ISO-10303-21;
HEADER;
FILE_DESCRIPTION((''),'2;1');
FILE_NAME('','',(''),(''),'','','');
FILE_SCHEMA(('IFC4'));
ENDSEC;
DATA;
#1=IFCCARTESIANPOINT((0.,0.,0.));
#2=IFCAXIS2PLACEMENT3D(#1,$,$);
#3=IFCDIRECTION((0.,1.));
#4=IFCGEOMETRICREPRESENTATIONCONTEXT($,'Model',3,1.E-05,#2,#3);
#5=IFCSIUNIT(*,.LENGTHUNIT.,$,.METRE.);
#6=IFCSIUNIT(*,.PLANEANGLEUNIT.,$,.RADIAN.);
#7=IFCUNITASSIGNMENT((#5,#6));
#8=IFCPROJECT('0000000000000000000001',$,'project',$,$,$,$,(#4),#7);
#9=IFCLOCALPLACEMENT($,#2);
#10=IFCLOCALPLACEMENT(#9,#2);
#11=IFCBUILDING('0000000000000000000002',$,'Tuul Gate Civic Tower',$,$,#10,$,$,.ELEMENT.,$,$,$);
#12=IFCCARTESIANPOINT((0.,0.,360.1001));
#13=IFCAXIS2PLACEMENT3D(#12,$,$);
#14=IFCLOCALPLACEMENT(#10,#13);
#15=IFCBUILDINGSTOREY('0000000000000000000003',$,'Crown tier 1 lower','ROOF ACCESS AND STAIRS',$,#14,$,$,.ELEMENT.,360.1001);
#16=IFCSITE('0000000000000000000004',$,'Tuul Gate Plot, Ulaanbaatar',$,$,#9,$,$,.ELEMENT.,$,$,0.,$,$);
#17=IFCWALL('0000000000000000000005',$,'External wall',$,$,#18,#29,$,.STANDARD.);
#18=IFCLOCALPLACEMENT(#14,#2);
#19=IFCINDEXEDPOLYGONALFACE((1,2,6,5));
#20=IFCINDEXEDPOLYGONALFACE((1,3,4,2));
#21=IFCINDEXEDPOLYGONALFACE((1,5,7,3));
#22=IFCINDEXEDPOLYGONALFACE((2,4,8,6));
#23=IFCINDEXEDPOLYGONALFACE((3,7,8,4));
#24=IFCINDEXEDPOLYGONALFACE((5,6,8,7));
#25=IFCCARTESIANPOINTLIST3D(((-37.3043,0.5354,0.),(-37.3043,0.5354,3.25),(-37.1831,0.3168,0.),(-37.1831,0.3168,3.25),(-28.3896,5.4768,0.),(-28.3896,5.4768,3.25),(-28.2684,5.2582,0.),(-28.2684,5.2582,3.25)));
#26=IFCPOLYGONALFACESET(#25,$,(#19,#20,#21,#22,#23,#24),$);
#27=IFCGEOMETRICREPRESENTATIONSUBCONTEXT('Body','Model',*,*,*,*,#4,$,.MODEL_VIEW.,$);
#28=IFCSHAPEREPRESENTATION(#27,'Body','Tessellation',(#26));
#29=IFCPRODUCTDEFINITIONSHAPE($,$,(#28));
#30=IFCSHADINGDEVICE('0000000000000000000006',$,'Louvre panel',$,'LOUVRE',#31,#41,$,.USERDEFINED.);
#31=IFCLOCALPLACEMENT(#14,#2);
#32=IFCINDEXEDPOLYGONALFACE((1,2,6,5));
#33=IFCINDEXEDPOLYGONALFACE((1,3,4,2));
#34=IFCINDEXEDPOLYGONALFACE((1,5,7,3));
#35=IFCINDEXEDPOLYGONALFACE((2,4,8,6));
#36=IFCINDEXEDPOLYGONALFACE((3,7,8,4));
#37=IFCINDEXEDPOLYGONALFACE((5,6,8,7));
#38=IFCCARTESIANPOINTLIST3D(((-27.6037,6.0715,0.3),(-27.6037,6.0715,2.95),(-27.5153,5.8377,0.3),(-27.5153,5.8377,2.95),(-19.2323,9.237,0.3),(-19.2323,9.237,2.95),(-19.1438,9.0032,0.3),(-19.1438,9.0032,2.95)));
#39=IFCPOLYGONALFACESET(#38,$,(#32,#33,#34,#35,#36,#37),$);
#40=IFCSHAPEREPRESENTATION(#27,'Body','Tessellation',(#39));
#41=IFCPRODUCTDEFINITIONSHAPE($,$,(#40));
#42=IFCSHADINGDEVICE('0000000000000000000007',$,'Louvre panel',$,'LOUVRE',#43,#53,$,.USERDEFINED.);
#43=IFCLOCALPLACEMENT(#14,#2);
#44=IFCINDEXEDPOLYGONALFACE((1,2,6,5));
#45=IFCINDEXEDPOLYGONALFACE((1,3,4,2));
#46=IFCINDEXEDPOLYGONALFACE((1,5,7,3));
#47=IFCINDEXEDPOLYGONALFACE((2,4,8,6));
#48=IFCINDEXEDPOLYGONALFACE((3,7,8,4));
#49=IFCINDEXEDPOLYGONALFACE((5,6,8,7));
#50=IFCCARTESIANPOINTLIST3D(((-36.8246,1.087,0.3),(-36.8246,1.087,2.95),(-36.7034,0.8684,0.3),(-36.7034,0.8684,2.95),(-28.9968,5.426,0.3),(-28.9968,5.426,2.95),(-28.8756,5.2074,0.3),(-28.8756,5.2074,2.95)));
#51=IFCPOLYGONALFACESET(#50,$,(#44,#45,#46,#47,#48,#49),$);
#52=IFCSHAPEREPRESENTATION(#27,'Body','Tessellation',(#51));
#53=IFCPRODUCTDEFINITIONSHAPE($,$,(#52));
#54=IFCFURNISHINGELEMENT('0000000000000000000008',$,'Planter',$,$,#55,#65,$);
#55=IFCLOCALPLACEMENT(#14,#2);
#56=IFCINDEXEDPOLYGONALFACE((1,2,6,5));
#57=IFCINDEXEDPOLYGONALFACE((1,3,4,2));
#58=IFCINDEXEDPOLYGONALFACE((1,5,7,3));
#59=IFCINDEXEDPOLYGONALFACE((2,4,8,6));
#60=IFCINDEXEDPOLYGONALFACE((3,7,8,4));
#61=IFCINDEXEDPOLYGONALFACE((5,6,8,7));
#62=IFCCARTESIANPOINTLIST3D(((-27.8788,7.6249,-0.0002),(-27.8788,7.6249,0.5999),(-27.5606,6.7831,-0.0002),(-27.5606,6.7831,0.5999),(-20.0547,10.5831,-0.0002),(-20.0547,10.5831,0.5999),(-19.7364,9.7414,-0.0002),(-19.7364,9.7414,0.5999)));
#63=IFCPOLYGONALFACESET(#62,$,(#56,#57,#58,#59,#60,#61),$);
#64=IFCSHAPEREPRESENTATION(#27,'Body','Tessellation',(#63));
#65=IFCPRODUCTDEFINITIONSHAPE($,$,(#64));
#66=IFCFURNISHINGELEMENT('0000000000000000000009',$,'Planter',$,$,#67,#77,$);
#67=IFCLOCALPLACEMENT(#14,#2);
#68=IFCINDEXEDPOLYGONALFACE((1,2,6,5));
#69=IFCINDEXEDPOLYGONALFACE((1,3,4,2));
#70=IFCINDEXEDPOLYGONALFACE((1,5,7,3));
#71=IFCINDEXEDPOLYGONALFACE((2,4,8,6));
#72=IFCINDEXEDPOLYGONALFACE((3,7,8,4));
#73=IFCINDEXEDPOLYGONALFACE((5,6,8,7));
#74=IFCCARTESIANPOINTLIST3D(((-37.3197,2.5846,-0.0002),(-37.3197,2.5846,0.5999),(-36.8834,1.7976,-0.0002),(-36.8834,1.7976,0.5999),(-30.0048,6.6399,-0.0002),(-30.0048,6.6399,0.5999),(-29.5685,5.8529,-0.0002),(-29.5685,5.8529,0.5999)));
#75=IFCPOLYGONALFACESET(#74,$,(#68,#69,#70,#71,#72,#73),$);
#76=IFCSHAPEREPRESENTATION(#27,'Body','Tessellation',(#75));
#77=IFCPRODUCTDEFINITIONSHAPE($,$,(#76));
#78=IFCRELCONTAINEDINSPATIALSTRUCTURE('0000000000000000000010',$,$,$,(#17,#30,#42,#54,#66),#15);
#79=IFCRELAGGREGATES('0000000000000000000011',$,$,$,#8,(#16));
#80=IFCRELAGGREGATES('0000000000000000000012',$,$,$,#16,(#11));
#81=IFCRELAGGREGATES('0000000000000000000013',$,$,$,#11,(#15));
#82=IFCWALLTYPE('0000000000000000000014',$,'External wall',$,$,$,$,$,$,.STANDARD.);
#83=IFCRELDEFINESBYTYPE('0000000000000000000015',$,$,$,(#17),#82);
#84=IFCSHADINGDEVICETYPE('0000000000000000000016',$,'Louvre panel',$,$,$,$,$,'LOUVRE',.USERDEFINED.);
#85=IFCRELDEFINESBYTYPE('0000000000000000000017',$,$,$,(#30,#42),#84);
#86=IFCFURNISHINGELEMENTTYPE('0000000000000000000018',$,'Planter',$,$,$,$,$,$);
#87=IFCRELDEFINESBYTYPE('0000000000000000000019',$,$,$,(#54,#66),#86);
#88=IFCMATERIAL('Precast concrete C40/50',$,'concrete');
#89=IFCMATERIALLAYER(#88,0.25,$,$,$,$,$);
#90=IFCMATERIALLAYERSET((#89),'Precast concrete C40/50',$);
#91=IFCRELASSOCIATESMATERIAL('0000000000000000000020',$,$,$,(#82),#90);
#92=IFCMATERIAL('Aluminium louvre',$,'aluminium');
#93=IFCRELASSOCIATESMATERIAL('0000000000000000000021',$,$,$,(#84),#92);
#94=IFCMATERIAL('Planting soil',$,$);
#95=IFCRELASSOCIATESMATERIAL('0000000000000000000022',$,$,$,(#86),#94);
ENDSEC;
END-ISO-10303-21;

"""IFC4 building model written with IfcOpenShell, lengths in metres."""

from ifc_helpers import new_model, si_unit, direction, frame, frame_2d, origin, origin_2d, place, context, subcontext, project, spatial, rectangle, extrude, material, layer, layer_set, type_object, element, save


model = new_model("IFC4")

# Units and contexts
model_context = context("Model", 3, precision=1e-05, world=origin(), true_north=direction((0.0, 1.0)))
body_context = subcontext(model_context, "Body", "Model", "MODEL_VIEW")
ifc_project = project(units=[si_unit("LENGTHUNIT", "METRE"), si_unit("PLANEANGLEUNIT", "RADIAN")], contexts=[model_context])

# Site, building, storey
site_placement = place(None, origin())
site = spatial("IfcSite", under=ifc_project, at=site_placement, Name="Tuul Gate Plot, Ulaanbaatar", CompositionType="ELEMENT", RefElevation=0.0)
building_placement = place(site_placement, origin())
building = spatial("IfcBuilding", under=site, at=building_placement, Name="Tuul Gate Civic Tower", CompositionType="ELEMENT")
storey_placement = place(building_placement, frame((0.0, 0.0, 360.1001)))
storey = spatial("IfcBuildingStorey", under=building, at=storey_placement, Name="Crown tier 1 lower", Description="ROOF ACCESS AND STAIRS", CompositionType="ELEMENT", Elevation=360.1001)

# Wall
ifc_material_1 = material(Name="Precast concrete C40/50", Category="concrete")
ifc_layer_1 = layer(ifc_material_1, 0.25)
ifc_layer_set_1 = layer_set([ifc_layer_1], Name="Precast concrete C40/50")
wall_type_1 = type_object("IfcWallType", Name="External wall", PredefinedType="STANDARD", material=ifc_layer_set_1)
wall_1_placement = place(storey_placement, frame((-28.3291, 5.3674, 0.0), z_axis=(0.0, 0.0, 1.0), x_axis=(-0.874626, -0.484799, 0.0)))
element("IfcWall", 1, at=wall_1_placement, inside=storey, type_object=wall_type_1, Name="External wall", PredefinedType="STANDARD", context=body_context, shape_type="SweptSolid", body=[
    extrude(rectangle(XDim=10.1926, YDim=0.25, at=frame_2d((5.0962, 0.0))), origin(), (0.0, 0.0, 1.0), 3.25),
])

# Shading devices
ifc_material_2 = material(Name="Aluminium louvre", Category="aluminium")
shading_device_type = type_object("IfcShadingDeviceType", Name="Louvre panel", ElementType="LOUVRE", PredefinedType="USERDEFINED", material=ifc_material_2)
for number, where, z_axis, x_axis, name in (
    (2, (-23.3738, 7.5374, 0.3), (0.0, 0.0, 1.0), (-0.353691, 0.935362, 0.0), "Louvre panel"),
    (3, (-32.8501, 3.1472, 0.3), (0.0, 0.0, 1.0), (-0.484806, 0.874622, 0.0), "Louvre panel"),
):
    element("IfcShadingDevice", number, at=place(storey_placement, frame(where, z_axis=z_axis, x_axis=x_axis)), inside=storey, type_object=shading_device_type, Name=name, ObjectType="LOUVRE", PredefinedType="USERDEFINED", context=body_context, shape_type="SweptSolid", body=[
        extrude(rectangle(XDim=0.25, YDim=8.95, at=origin_2d()), origin(), (0.0, 0.0, 1.0), 2.6499),
    ])

# Furnishing elements
ifc_material_3 = material(Name="Planting soil")
furnishing_element_type = type_object("IfcFurnishingElementType", Name="Planter", material=ifc_material_3)
furnishing_1_placement = place(storey_placement, frame((-23.8076, 8.6831, -0.0002), z_axis=(0.0, 0.0, 1.0), x_axis=(-0.935375, -0.353657, 0.0)))
element("IfcFurnishingElement", 4, at=furnishing_1_placement, inside=storey, type_object=furnishing_element_type, Name="Planter", context=body_context, shape_type="SweptSolid", body=[
    extrude(rectangle(XDim=8.3647, YDim=0.8999, at=origin_2d()), origin(), (0.0, 0.0, 1.0), 0.6001),
])
furnishing_2_placement = place(storey_placement, frame((-33.4441, 4.2188, -0.0002), z_axis=(0.0, 0.0, 1.0), x_axis=(-0.874591, -0.484862, 0.0)))
element("IfcFurnishingElement", 5, at=furnishing_2_placement, inside=storey, type_object=furnishing_element_type, Name="Planter", context=body_context, shape_type="SweptSolid", body=[
    extrude(rectangle(XDim=8.3638, YDim=0.8999, at=origin_2d()), origin(), (0.0, 0.0, 1.0), 0.6001),
])

save(model, "model.ifc")
